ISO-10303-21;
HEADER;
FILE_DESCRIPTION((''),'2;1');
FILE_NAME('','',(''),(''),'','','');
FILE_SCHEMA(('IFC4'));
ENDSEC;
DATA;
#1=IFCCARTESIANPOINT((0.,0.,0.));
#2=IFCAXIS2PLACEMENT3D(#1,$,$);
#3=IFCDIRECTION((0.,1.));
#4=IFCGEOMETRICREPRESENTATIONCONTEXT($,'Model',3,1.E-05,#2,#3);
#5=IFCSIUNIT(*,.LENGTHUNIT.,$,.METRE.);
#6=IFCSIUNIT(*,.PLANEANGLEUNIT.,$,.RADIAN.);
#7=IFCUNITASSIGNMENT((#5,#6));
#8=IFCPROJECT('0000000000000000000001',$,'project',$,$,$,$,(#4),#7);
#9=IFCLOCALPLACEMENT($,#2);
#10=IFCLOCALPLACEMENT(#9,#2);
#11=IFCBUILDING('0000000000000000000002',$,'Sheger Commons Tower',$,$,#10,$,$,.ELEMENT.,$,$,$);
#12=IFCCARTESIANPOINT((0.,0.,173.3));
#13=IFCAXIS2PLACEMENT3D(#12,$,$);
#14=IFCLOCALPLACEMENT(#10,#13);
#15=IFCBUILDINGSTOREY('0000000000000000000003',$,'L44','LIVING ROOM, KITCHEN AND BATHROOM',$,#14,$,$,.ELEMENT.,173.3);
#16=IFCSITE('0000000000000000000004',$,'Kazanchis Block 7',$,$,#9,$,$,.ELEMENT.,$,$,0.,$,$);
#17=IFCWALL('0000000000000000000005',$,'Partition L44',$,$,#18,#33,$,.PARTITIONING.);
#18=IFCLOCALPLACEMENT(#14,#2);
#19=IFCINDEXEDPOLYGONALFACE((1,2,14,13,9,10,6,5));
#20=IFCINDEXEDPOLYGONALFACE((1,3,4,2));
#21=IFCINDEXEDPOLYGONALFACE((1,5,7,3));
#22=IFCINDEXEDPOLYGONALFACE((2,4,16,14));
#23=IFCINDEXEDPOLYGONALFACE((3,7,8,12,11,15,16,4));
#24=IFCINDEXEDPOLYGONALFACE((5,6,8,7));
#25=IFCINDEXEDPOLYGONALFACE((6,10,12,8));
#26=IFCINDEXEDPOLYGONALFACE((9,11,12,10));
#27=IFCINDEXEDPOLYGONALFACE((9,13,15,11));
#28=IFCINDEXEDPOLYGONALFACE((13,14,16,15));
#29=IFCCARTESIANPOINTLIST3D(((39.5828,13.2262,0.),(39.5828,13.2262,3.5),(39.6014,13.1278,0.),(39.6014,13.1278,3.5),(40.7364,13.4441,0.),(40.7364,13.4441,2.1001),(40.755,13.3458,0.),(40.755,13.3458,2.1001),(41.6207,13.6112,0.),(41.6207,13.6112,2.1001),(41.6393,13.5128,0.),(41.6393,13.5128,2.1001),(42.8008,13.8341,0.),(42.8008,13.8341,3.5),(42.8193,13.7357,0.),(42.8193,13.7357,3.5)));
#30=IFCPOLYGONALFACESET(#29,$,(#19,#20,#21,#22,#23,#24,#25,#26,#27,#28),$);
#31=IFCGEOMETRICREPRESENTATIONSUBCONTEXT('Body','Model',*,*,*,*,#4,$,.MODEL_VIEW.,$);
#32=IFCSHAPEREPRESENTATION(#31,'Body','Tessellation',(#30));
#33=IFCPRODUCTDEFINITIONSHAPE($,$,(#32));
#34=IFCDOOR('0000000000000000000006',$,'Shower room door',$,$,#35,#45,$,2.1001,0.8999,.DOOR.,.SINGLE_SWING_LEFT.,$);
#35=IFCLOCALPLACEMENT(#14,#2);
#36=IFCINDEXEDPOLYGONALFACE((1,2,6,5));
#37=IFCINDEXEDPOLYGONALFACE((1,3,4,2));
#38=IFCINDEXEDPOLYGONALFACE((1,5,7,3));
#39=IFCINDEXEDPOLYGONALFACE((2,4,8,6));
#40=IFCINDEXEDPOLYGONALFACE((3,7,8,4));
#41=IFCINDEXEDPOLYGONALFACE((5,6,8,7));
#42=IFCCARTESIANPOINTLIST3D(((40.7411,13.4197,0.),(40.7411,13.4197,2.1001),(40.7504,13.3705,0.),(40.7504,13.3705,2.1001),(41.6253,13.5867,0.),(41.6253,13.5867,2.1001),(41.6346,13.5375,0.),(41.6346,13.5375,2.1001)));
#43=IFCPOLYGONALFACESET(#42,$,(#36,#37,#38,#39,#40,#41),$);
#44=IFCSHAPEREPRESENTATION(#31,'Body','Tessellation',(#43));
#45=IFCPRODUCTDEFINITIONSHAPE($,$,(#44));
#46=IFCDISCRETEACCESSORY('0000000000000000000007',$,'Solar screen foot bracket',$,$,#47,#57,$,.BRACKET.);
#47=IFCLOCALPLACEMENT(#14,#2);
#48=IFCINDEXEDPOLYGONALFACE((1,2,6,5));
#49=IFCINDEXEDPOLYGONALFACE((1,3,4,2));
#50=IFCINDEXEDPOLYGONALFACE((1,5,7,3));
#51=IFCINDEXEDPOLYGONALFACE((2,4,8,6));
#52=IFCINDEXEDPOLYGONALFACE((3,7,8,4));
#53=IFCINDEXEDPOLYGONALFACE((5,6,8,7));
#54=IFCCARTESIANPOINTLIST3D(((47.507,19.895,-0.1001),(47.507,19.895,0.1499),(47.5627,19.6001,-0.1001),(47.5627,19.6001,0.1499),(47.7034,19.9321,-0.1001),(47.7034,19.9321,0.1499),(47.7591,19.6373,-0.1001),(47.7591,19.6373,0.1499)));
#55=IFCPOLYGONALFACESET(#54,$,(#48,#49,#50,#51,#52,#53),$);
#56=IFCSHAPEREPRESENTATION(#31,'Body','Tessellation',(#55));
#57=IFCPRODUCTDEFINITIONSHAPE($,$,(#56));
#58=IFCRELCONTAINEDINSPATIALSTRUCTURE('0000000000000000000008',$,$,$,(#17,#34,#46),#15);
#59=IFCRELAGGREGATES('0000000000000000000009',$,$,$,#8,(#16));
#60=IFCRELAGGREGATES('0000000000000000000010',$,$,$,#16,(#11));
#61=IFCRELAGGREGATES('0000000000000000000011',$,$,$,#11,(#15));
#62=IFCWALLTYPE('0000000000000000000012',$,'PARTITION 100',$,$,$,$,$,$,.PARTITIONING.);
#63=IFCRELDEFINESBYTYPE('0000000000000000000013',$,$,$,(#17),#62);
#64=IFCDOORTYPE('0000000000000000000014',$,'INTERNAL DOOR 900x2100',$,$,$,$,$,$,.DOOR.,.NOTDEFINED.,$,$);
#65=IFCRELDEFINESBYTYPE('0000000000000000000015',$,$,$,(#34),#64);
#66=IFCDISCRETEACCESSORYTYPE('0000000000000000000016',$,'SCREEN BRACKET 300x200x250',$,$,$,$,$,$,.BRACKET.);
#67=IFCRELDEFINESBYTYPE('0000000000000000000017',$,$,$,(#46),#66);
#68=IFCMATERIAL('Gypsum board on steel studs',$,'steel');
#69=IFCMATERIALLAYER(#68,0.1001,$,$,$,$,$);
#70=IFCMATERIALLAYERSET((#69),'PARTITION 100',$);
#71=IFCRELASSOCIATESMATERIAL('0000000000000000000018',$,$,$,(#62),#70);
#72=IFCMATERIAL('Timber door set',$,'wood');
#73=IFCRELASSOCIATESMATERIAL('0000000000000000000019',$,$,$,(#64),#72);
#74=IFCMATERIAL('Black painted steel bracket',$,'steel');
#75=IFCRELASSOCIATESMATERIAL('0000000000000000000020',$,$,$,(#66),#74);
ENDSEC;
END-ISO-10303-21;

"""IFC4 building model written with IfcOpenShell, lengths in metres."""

from ifc_helpers import new_model, si_unit, direction, frame, frame_2d, origin, origin_2d, place, context, subcontext, project, spatial, rectangle, extrude, material, layer, layer_set, type_object, element, fill, save


model = new_model("IFC4")

# Units and contexts
model_context = context("Model", 3, precision=1e-05, world=origin(), true_north=direction((0.0, 1.0)))
body_context = subcontext(model_context, "Body", "Model", "MODEL_VIEW")
ifc_project = project(units=[si_unit("LENGTHUNIT", "METRE"), si_unit("PLANEANGLEUNIT", "RADIAN")], contexts=[model_context])

# Site, building, storey
site_placement = place(None, origin())
site = spatial("IfcSite", under=ifc_project, at=site_placement, Name="Kazanchis Block 7", CompositionType="ELEMENT", RefElevation=0.0)
building_placement = place(site_placement, origin())
building = spatial("IfcBuilding", under=site, at=building_placement, Name="Sheger Commons Tower", CompositionType="ELEMENT")
storey_placement = place(building_placement, frame((0.0, 0.0, 173.3)))
storey = spatial("IfcBuildingStorey", under=building, at=storey_placement, Name="L44", Description="LIVING ROOM, KITCHEN AND BATHROOM", CompositionType="ELEMENT", Elevation=173.3)

# Shared definitions
ifc_material_1 = material(Name="Gypsum board on steel studs", Category="steel")
ifc_layer_1 = layer(ifc_material_1, 0.1001)
ifc_layer_set_1 = layer_set([ifc_layer_1], Name="PARTITION 100")
wall_type_1 = type_object("IfcWallType", Name="PARTITION 100", PredefinedType="PARTITIONING", material=ifc_layer_set_1)

# Wall, opening, door
wall_1_placement = place(storey_placement, frame((42.8101, 13.7849, 0.0), z_axis=(0.0, 0.0, 1.0), x_axis=(-0.982621, -0.185625, 0.0)))
wall_1 = element("IfcWall", 1, at=wall_1_placement, inside=storey, type_object=wall_type_1, Name="Partition L44", PredefinedType="PARTITIONING", context=body_context, shape_type="SweptSolid", body=[
    extrude(rectangle(XDim=3.2749, YDim=0.1001, at=frame_2d((1.6375, 0.0))), origin(), (0.0, 0.0, 1.0), 3.5),
])
opening_placement = place(wall_1_placement, frame((1.2009, 0.0, 0.0)))
opening = element("IfcOpeningElement", 2, at=opening_placement, cuts=wall_1, PredefinedType="OPENING", context=body_context, shape_type="SweptSolid", body=[
    extrude(rectangle(XDim=0.8999, YDim=2.1001, at=frame_2d((0.45, 1.05))), frame((0.0, 0.0601, 0.0), z_axis=(0.0, -1.0, 0.0), x_axis=(1.0, 0.0, 0.0)), (0.0, 0.0, 1.0), 0.1201),
])
ifc_material_2 = material(Name="Timber door set", Category="wood")
door_type = type_object("IfcDoorType", Name="INTERNAL DOOR 900x2100", OperationType="NOTDEFINED", PredefinedType="DOOR", material=ifc_material_2)
door_placement = place(opening_placement, origin())
door = element("IfcDoor", 3, at=door_placement, inside=storey, type_object=door_type, Name="Shower room door", OperationType="SINGLE_SWING_LEFT", OverallHeight=2.1001, OverallWidth=0.8999, PredefinedType="DOOR", context=body_context, shape_type="SweptSolid", body=[
    extrude(rectangle(XDim=0.8999, YDim=2.1001, at=frame_2d((0.45, 1.05))), frame((0.0, 0.0249, 0.0), z_axis=(0.0, -1.0, 0.0), x_axis=(1.0, 0.0, 0.0)), (0.0, 0.0, 1.0), 0.05),
])
fill(opening, door)

# Discrete accessory
ifc_material_3 = material(Name="Black painted steel bracket", Category="steel")
discrete_accessory_type = type_object("IfcDiscreteAccessoryType", Name="SCREEN BRACKET 300x200x250", PredefinedType="BRACKET", material=ifc_material_3)
discrete_accessory_placement = place(storey_placement, frame((47.6331, 19.7661, -0.1001), z_axis=(0.0, 0.0, 1.0), x_axis=(-0.185615, 0.982623, 0.0)))
element("IfcDiscreteAccessory", 4, at=discrete_accessory_placement, inside=storey, type_object=discrete_accessory_type, Name="Solar screen foot bracket", PredefinedType="BRACKET", context=body_context, shape_type="SweptSolid", body=[
    extrude(rectangle(XDim=0.3, YDim=0.2, at=origin_2d()), origin(), (0.0, 0.0, 1.0), 0.25),
])

save(model, "model.ifc")
